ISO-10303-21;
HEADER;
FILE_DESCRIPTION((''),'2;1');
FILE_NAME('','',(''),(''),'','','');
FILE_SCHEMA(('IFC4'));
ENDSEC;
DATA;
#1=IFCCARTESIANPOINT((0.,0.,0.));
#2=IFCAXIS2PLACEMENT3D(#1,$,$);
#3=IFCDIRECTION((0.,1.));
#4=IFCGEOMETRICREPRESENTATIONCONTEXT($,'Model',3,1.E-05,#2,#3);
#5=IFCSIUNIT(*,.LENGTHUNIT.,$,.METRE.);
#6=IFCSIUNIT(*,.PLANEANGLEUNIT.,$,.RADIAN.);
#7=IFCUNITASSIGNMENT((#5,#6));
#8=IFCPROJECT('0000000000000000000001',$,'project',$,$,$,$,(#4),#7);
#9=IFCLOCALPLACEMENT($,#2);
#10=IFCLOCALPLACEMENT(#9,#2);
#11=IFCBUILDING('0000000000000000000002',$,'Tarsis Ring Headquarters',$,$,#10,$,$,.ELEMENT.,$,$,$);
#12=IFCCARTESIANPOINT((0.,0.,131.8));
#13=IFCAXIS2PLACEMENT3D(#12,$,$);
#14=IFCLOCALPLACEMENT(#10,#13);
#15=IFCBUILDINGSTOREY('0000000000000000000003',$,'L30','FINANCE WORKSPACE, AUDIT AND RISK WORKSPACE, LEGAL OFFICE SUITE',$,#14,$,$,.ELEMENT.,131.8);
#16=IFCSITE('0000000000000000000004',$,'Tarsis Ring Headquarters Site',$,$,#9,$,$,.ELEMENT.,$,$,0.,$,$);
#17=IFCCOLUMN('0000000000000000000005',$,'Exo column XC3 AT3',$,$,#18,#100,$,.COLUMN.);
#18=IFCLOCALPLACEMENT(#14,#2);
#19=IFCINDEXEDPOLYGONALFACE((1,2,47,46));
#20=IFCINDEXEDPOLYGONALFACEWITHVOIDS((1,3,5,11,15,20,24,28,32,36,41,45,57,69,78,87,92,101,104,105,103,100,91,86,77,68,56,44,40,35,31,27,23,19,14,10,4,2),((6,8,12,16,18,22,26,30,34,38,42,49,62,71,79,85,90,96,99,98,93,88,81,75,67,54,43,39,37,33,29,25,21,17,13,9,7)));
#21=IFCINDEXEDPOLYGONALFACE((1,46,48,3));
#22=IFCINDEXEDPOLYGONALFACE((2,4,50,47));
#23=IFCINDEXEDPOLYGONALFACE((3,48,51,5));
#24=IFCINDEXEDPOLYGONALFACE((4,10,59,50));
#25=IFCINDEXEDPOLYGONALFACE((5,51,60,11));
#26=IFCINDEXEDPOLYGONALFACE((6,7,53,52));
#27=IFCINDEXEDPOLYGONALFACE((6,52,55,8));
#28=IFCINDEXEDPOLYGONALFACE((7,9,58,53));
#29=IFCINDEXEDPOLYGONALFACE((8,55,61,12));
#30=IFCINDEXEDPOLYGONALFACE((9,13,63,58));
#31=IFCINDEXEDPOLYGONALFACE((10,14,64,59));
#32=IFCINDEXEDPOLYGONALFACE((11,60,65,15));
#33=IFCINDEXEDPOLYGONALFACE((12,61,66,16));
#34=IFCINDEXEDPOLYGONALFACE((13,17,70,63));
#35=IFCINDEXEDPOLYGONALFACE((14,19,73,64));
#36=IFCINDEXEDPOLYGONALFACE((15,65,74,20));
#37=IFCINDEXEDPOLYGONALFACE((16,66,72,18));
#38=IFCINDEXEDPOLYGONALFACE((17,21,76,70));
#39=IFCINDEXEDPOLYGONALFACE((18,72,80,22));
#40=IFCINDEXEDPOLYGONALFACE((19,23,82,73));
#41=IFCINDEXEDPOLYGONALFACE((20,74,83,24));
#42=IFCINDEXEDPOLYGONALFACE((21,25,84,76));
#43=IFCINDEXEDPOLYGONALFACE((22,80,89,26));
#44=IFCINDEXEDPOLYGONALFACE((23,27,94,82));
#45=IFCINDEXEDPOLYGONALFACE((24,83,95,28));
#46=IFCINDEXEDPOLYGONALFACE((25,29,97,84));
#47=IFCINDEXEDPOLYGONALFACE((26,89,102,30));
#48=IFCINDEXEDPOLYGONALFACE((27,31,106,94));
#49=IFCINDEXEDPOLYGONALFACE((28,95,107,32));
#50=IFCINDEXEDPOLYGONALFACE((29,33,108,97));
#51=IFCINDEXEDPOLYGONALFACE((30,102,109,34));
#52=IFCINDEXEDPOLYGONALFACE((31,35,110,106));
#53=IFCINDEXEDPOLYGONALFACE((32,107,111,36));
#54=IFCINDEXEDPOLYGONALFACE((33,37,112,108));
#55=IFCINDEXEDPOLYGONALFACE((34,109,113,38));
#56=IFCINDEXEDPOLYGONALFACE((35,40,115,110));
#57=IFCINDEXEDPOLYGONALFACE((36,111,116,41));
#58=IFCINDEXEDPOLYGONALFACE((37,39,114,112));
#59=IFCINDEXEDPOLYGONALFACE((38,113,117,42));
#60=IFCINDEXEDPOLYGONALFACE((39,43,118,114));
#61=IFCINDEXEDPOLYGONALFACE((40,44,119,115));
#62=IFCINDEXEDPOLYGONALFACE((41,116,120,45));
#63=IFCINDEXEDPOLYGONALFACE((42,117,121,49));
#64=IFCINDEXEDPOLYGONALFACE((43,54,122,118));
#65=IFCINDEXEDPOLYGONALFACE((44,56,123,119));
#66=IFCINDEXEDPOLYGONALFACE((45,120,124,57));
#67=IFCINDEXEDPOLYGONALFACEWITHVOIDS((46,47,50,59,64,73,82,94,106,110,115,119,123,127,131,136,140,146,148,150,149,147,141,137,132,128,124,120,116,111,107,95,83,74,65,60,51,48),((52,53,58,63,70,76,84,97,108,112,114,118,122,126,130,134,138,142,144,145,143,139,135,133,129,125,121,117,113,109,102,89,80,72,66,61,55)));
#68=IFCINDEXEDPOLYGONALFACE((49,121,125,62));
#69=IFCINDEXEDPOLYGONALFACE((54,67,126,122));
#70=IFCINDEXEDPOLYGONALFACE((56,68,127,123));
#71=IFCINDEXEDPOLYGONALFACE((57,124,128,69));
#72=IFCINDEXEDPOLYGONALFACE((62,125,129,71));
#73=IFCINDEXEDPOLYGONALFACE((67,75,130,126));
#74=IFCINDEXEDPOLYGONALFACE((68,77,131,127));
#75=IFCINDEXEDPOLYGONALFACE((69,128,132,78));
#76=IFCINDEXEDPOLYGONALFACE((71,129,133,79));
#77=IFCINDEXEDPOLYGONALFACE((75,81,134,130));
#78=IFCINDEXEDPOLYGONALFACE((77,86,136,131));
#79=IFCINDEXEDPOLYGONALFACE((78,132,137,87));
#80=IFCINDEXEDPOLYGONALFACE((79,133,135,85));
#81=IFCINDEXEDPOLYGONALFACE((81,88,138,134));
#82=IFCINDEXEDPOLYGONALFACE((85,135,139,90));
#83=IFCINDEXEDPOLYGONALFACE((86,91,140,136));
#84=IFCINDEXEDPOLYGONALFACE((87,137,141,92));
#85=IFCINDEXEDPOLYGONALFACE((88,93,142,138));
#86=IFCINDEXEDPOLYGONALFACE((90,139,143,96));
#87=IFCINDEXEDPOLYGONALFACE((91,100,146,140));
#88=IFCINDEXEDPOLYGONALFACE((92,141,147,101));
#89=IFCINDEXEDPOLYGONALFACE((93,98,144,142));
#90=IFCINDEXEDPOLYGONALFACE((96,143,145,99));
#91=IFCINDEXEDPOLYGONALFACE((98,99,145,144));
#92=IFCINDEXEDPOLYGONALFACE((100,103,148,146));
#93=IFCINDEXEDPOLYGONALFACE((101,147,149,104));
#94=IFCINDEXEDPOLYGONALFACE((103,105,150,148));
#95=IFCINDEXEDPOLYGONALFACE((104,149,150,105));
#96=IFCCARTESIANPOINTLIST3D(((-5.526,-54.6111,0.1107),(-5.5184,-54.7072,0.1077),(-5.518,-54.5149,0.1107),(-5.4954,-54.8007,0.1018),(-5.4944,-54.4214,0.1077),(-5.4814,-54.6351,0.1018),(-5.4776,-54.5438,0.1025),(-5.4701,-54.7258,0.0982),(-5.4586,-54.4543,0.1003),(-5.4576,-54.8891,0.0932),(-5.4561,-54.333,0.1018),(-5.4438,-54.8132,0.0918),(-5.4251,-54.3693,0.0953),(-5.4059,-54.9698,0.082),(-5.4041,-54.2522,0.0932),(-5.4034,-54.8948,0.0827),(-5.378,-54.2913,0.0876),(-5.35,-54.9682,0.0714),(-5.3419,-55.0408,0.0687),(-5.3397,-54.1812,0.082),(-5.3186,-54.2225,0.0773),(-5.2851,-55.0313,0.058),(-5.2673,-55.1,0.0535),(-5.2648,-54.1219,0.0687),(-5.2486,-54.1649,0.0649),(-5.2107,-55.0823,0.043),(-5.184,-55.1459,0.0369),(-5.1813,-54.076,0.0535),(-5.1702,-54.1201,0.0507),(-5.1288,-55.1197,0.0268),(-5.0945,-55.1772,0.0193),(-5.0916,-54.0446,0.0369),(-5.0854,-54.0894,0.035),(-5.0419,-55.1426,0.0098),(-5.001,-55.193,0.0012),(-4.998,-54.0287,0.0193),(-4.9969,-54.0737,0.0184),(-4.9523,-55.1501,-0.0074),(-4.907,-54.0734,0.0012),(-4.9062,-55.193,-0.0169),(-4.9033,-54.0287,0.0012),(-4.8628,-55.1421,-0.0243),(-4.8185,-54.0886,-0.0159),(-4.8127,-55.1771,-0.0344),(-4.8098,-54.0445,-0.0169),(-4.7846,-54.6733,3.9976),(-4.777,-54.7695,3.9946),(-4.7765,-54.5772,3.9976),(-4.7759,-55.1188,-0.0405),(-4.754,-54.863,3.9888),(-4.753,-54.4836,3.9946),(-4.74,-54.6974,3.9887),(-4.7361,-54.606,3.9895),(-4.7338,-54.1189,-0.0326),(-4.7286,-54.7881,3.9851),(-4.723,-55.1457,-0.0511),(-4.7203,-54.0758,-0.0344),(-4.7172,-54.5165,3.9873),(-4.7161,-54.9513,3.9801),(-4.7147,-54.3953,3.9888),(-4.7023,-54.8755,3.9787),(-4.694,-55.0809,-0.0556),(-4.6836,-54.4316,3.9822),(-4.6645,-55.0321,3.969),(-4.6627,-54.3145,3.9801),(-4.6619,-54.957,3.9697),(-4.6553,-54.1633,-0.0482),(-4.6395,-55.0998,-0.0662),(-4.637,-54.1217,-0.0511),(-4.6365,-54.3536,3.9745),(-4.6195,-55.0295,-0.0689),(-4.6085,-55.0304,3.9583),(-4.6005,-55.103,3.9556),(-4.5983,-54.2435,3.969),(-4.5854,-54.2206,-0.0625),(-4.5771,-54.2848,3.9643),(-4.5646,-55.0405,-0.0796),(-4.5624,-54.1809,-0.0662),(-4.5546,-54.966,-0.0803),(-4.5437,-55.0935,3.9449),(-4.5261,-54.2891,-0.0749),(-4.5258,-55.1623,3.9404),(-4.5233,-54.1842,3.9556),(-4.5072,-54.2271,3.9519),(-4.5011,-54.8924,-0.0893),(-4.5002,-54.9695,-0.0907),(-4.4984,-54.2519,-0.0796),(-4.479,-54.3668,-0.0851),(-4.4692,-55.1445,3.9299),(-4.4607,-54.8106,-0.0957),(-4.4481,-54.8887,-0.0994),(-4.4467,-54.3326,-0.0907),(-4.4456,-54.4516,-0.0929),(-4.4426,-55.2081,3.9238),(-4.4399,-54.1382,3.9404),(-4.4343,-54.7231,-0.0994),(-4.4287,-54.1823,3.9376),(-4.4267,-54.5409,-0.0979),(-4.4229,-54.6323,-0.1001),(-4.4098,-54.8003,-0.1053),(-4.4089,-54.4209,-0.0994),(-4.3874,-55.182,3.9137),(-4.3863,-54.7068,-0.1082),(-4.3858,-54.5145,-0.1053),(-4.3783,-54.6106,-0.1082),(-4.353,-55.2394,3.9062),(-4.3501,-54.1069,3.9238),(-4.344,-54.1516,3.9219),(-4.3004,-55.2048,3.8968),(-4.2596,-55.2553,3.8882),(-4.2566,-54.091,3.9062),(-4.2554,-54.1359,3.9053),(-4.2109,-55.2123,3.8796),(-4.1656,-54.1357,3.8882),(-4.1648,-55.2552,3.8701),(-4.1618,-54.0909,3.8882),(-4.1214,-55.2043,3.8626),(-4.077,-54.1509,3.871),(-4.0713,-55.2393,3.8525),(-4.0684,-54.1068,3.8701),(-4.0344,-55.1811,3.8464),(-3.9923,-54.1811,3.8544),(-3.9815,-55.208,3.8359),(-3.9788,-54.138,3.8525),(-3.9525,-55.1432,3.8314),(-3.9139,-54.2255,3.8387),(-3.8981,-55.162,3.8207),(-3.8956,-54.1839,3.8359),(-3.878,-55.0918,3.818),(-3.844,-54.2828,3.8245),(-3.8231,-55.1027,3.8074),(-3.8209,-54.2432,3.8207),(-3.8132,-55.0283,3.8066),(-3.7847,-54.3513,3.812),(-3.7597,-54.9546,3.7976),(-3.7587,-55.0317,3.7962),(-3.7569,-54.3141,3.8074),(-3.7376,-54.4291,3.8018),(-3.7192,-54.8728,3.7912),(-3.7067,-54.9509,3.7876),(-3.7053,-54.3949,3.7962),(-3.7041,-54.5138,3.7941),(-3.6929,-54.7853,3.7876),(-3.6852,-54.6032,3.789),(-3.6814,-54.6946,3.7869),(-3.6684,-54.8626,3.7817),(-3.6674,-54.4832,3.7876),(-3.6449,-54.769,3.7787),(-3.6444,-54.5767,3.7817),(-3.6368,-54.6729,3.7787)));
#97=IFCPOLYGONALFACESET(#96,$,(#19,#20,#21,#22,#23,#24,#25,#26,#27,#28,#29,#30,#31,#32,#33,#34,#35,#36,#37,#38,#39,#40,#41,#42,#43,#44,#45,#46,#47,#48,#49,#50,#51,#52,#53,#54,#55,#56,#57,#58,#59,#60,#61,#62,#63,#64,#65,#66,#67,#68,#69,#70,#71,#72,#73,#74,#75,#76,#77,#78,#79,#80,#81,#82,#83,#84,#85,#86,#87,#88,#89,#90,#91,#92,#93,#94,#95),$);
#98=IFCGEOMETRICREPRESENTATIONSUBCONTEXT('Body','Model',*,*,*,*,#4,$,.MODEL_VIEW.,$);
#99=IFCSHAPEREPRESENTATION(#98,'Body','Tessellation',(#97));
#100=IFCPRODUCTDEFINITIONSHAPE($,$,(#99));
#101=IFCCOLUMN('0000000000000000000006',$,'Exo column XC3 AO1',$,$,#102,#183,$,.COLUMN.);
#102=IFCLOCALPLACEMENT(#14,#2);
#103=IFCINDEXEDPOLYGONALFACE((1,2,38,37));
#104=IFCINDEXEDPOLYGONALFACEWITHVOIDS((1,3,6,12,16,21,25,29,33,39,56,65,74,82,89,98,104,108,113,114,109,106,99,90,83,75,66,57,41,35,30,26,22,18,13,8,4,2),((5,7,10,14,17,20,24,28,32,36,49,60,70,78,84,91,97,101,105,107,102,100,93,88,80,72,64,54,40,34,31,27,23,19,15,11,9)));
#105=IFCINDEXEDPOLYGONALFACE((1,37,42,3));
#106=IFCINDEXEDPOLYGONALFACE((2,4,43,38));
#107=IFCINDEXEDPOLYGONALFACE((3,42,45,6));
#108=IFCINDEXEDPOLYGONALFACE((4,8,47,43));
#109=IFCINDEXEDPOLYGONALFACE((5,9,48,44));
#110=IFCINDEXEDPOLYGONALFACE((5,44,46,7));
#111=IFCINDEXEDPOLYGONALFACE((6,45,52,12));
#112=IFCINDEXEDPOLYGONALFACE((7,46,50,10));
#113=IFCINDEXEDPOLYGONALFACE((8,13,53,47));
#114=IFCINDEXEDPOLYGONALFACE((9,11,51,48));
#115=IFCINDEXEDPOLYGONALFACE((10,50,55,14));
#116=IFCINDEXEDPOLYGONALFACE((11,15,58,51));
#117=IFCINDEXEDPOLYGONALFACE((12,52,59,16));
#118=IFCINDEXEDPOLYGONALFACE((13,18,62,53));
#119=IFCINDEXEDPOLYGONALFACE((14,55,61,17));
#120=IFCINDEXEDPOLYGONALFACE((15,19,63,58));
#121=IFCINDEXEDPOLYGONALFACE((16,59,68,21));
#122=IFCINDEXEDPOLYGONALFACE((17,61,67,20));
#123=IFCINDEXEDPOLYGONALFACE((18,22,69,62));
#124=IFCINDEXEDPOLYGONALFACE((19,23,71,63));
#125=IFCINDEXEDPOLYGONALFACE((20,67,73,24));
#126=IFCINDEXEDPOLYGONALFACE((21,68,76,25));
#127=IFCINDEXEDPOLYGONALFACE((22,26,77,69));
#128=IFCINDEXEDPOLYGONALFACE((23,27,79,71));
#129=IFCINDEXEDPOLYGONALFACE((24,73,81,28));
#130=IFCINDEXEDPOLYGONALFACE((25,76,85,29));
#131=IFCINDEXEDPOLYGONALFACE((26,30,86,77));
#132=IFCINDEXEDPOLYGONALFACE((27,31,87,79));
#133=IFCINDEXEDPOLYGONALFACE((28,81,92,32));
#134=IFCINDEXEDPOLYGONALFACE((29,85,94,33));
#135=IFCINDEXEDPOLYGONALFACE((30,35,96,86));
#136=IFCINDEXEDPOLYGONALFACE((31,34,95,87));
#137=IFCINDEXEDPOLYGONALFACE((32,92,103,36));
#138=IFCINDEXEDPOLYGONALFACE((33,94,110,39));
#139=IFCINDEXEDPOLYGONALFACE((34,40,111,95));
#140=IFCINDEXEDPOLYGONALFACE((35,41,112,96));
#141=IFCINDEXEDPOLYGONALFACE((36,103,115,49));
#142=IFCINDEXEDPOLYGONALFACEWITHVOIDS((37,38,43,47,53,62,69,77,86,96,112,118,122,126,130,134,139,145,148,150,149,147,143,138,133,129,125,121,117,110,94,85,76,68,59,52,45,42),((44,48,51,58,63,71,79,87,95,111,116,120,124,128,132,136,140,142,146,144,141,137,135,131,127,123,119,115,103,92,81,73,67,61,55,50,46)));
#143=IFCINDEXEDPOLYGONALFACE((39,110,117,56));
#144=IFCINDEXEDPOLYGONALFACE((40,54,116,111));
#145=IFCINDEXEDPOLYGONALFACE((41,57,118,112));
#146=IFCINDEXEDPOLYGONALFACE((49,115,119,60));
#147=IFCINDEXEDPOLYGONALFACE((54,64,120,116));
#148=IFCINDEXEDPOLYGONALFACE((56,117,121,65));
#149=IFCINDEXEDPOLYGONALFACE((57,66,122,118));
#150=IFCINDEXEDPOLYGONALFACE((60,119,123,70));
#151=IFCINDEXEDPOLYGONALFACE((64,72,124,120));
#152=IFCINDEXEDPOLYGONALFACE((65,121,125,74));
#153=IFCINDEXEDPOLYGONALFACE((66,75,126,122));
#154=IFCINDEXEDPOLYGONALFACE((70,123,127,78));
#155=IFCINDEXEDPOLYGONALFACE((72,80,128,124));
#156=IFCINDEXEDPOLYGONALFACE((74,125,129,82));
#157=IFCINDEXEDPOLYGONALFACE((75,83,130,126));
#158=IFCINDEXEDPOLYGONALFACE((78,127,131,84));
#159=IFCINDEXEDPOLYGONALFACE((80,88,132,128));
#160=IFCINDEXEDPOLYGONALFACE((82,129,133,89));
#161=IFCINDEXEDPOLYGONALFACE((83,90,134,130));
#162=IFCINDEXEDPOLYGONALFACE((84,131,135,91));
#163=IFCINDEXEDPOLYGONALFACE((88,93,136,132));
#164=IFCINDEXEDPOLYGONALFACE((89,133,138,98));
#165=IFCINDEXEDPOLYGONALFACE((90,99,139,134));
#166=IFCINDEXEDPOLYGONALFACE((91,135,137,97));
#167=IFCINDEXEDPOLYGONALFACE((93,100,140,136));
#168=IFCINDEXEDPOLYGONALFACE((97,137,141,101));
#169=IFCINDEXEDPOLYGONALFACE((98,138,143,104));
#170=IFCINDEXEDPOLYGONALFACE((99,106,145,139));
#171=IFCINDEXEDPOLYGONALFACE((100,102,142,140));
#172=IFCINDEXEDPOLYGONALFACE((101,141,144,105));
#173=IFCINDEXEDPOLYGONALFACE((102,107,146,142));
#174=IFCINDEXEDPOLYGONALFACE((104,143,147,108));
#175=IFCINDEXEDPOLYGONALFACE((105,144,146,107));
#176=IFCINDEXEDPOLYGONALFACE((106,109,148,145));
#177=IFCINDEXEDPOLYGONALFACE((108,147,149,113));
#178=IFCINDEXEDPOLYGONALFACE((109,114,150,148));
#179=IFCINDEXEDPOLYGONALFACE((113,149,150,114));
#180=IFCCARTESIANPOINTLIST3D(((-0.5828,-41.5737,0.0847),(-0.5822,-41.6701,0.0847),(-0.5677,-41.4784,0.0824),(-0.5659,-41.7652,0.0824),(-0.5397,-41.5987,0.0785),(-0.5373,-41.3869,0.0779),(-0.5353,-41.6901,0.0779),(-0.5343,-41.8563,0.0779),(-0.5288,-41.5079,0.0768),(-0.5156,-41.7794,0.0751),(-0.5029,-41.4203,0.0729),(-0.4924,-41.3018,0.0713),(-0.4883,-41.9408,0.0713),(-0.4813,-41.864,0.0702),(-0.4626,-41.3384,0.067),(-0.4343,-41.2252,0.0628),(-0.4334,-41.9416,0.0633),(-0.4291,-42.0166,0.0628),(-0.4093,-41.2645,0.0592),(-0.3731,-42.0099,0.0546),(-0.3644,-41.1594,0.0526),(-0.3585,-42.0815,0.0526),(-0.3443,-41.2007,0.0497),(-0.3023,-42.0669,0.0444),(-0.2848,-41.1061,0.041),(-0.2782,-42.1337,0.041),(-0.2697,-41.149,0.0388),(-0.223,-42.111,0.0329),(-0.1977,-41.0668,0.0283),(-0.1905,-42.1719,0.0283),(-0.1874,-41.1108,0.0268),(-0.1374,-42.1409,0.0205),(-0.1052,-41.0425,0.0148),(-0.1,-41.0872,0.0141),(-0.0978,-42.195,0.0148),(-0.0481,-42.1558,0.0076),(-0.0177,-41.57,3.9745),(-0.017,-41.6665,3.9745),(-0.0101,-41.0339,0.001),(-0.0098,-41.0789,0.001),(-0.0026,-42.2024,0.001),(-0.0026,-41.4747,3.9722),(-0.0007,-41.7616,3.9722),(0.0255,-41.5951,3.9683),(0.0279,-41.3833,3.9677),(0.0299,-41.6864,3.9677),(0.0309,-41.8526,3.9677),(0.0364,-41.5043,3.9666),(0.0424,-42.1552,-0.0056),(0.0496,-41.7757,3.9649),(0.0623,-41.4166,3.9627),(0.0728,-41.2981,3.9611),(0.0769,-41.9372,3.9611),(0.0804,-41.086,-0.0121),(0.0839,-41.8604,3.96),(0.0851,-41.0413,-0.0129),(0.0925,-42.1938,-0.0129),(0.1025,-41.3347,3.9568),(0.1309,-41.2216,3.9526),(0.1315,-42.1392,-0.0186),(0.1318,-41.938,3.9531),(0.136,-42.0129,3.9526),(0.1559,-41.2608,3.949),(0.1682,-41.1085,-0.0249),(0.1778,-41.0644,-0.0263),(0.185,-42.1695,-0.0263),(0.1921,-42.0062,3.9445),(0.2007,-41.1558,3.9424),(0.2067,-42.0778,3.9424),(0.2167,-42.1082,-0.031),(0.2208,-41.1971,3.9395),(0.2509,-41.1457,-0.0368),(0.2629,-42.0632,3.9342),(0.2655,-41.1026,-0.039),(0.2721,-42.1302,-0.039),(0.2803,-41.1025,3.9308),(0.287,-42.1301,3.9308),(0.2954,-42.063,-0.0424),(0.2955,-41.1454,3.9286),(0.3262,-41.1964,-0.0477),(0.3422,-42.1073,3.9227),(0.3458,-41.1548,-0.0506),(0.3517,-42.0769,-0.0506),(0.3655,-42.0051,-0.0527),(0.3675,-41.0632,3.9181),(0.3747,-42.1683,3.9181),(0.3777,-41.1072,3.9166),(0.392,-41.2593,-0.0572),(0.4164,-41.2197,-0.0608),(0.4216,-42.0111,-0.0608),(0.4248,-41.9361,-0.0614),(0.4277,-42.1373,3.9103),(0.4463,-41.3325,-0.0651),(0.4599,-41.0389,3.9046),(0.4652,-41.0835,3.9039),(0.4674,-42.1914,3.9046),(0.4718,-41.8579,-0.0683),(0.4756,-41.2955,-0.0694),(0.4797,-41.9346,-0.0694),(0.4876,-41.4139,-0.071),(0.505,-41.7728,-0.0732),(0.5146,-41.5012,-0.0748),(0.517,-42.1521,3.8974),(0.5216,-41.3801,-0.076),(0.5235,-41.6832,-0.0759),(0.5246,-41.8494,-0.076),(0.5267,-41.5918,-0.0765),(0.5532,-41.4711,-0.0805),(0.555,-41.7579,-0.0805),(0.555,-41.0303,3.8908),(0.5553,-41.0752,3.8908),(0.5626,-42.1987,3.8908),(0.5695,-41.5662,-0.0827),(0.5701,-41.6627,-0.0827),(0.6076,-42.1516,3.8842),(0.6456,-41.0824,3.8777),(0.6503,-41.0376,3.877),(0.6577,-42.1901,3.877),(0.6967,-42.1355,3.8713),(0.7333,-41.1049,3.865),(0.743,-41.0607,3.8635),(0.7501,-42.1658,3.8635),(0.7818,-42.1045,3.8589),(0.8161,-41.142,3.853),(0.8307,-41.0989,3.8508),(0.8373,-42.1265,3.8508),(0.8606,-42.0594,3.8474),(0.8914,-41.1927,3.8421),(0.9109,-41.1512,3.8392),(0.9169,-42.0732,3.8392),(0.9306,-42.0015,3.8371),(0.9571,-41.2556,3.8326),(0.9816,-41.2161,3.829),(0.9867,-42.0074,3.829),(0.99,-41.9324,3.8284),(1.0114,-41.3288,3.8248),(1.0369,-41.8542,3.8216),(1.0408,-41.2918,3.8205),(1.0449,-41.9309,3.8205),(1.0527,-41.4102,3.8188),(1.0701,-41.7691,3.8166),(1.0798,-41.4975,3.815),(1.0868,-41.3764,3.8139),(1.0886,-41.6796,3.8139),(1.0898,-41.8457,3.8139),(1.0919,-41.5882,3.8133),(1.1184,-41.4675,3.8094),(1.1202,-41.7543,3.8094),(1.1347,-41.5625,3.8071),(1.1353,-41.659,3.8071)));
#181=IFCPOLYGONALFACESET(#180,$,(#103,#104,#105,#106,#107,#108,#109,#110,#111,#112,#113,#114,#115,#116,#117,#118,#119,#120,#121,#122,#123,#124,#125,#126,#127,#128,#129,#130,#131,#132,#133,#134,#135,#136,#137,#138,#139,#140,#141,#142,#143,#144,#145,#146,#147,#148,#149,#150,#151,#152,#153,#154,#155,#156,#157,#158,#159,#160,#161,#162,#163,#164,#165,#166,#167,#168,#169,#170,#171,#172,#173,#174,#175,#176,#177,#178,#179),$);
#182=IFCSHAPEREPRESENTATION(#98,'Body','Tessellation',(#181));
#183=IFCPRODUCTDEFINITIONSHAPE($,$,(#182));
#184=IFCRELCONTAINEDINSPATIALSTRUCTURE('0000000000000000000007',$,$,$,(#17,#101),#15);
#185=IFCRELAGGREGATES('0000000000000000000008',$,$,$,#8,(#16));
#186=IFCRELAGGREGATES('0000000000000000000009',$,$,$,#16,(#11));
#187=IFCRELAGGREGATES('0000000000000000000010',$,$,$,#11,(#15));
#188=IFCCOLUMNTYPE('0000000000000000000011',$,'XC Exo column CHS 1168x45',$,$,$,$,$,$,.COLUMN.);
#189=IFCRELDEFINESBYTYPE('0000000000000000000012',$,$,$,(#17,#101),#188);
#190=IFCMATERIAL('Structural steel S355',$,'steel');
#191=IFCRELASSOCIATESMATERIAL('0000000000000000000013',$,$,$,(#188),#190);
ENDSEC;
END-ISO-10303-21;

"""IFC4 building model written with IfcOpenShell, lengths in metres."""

from ifc_helpers import new_model, si_unit, direction, frame, origin, origin_2d, place, context, subcontext, project, spatial, hollow_circle, extrude, material, material_profile, profile_set, type_object, element, save


model = new_model("IFC4")

# Units and contexts
model_context = context("Model", 3, precision=1e-05, world=origin(), true_north=direction((0.0, 1.0)))
body_context = subcontext(model_context, "Body", "Model", "MODEL_VIEW")
ifc_project = project(units=[si_unit("LENGTHUNIT", "METRE"), si_unit("PLANEANGLEUNIT", "RADIAN")], contexts=[model_context])

# Site, building, storey
site_placement = place(None, origin())
site = spatial("IfcSite", under=ifc_project, at=site_placement, Name="Tarsis Ring Headquarters Site", CompositionType="ELEMENT", RefElevation=0.0)
building_placement = place(site_placement, origin())
building = spatial("IfcBuilding", under=site, at=building_placement, Name="Tarsis Ring Headquarters", CompositionType="ELEMENT")
storey_placement = place(building_placement, frame((0.0, 0.0, 131.8)))
storey = spatial("IfcBuildingStorey", under=building, at=storey_placement, Name="L30", Description="FINANCE WORKSPACE, AUDIT AND RISK WORKSPACE, LEGAL OFFICE SUITE", CompositionType="ELEMENT", Elevation=131.8)

# Columns
ifc_material_1 = material(Name="Structural steel S355", Category="steel")
ifc_material_profile_1 = material_profile(ifc_material_1, hollow_circle(Radius=0.5842, WallThickness=0.0449, at=origin_2d()), Name="CHS 1168x45")
ifc_profile_set_1 = profile_set([ifc_material_profile_1], Name="Structural steel S355")
column_type = type_object("IfcColumnType", Name="XC Exo column CHS 1168x45", PredefinedType="COLUMN", material=ifc_profile_set_1)
column_1_placement = place(storey_placement, frame((-4.9521, -54.6108, 0.0012), z_axis=(0.187353, -0.015731, 0.982167), x_axis=(0.08367, 0.996494, 0.0)))
element("IfcColumn", 1, at=column_1_placement, inside=storey, type_object=column_type, Name="Exo column XC3 AT3", PredefinedType="COLUMN", context=body_context, shape_type="SweptSolid", body=[
    extrude(hollow_circle(Radius=0.5842, WallThickness=0.0449, at=origin_2d()), origin(), (0.0, 0.0, 1.0), 3.9575),
])
column_2_placement = place(storey_placement, frame((-0.0063, -41.6182, 0.001), z_axis=(0.143786, 0.000932, 0.989608), x_axis=(-0.006479, 0.999979, 0.0)))
element("IfcColumn", 2, at=column_2_placement, inside=storey, type_object=column_type, Name="Exo column XC3 AO1", PredefinedType="COLUMN", context=body_context, shape_type="SweptSolid", body=[
    extrude(hollow_circle(Radius=0.5842, WallThickness=0.0449, at=origin_2d()), origin(), (0.0, 0.0, 1.0), 3.9307),
])

save(model, "model.ifc")
